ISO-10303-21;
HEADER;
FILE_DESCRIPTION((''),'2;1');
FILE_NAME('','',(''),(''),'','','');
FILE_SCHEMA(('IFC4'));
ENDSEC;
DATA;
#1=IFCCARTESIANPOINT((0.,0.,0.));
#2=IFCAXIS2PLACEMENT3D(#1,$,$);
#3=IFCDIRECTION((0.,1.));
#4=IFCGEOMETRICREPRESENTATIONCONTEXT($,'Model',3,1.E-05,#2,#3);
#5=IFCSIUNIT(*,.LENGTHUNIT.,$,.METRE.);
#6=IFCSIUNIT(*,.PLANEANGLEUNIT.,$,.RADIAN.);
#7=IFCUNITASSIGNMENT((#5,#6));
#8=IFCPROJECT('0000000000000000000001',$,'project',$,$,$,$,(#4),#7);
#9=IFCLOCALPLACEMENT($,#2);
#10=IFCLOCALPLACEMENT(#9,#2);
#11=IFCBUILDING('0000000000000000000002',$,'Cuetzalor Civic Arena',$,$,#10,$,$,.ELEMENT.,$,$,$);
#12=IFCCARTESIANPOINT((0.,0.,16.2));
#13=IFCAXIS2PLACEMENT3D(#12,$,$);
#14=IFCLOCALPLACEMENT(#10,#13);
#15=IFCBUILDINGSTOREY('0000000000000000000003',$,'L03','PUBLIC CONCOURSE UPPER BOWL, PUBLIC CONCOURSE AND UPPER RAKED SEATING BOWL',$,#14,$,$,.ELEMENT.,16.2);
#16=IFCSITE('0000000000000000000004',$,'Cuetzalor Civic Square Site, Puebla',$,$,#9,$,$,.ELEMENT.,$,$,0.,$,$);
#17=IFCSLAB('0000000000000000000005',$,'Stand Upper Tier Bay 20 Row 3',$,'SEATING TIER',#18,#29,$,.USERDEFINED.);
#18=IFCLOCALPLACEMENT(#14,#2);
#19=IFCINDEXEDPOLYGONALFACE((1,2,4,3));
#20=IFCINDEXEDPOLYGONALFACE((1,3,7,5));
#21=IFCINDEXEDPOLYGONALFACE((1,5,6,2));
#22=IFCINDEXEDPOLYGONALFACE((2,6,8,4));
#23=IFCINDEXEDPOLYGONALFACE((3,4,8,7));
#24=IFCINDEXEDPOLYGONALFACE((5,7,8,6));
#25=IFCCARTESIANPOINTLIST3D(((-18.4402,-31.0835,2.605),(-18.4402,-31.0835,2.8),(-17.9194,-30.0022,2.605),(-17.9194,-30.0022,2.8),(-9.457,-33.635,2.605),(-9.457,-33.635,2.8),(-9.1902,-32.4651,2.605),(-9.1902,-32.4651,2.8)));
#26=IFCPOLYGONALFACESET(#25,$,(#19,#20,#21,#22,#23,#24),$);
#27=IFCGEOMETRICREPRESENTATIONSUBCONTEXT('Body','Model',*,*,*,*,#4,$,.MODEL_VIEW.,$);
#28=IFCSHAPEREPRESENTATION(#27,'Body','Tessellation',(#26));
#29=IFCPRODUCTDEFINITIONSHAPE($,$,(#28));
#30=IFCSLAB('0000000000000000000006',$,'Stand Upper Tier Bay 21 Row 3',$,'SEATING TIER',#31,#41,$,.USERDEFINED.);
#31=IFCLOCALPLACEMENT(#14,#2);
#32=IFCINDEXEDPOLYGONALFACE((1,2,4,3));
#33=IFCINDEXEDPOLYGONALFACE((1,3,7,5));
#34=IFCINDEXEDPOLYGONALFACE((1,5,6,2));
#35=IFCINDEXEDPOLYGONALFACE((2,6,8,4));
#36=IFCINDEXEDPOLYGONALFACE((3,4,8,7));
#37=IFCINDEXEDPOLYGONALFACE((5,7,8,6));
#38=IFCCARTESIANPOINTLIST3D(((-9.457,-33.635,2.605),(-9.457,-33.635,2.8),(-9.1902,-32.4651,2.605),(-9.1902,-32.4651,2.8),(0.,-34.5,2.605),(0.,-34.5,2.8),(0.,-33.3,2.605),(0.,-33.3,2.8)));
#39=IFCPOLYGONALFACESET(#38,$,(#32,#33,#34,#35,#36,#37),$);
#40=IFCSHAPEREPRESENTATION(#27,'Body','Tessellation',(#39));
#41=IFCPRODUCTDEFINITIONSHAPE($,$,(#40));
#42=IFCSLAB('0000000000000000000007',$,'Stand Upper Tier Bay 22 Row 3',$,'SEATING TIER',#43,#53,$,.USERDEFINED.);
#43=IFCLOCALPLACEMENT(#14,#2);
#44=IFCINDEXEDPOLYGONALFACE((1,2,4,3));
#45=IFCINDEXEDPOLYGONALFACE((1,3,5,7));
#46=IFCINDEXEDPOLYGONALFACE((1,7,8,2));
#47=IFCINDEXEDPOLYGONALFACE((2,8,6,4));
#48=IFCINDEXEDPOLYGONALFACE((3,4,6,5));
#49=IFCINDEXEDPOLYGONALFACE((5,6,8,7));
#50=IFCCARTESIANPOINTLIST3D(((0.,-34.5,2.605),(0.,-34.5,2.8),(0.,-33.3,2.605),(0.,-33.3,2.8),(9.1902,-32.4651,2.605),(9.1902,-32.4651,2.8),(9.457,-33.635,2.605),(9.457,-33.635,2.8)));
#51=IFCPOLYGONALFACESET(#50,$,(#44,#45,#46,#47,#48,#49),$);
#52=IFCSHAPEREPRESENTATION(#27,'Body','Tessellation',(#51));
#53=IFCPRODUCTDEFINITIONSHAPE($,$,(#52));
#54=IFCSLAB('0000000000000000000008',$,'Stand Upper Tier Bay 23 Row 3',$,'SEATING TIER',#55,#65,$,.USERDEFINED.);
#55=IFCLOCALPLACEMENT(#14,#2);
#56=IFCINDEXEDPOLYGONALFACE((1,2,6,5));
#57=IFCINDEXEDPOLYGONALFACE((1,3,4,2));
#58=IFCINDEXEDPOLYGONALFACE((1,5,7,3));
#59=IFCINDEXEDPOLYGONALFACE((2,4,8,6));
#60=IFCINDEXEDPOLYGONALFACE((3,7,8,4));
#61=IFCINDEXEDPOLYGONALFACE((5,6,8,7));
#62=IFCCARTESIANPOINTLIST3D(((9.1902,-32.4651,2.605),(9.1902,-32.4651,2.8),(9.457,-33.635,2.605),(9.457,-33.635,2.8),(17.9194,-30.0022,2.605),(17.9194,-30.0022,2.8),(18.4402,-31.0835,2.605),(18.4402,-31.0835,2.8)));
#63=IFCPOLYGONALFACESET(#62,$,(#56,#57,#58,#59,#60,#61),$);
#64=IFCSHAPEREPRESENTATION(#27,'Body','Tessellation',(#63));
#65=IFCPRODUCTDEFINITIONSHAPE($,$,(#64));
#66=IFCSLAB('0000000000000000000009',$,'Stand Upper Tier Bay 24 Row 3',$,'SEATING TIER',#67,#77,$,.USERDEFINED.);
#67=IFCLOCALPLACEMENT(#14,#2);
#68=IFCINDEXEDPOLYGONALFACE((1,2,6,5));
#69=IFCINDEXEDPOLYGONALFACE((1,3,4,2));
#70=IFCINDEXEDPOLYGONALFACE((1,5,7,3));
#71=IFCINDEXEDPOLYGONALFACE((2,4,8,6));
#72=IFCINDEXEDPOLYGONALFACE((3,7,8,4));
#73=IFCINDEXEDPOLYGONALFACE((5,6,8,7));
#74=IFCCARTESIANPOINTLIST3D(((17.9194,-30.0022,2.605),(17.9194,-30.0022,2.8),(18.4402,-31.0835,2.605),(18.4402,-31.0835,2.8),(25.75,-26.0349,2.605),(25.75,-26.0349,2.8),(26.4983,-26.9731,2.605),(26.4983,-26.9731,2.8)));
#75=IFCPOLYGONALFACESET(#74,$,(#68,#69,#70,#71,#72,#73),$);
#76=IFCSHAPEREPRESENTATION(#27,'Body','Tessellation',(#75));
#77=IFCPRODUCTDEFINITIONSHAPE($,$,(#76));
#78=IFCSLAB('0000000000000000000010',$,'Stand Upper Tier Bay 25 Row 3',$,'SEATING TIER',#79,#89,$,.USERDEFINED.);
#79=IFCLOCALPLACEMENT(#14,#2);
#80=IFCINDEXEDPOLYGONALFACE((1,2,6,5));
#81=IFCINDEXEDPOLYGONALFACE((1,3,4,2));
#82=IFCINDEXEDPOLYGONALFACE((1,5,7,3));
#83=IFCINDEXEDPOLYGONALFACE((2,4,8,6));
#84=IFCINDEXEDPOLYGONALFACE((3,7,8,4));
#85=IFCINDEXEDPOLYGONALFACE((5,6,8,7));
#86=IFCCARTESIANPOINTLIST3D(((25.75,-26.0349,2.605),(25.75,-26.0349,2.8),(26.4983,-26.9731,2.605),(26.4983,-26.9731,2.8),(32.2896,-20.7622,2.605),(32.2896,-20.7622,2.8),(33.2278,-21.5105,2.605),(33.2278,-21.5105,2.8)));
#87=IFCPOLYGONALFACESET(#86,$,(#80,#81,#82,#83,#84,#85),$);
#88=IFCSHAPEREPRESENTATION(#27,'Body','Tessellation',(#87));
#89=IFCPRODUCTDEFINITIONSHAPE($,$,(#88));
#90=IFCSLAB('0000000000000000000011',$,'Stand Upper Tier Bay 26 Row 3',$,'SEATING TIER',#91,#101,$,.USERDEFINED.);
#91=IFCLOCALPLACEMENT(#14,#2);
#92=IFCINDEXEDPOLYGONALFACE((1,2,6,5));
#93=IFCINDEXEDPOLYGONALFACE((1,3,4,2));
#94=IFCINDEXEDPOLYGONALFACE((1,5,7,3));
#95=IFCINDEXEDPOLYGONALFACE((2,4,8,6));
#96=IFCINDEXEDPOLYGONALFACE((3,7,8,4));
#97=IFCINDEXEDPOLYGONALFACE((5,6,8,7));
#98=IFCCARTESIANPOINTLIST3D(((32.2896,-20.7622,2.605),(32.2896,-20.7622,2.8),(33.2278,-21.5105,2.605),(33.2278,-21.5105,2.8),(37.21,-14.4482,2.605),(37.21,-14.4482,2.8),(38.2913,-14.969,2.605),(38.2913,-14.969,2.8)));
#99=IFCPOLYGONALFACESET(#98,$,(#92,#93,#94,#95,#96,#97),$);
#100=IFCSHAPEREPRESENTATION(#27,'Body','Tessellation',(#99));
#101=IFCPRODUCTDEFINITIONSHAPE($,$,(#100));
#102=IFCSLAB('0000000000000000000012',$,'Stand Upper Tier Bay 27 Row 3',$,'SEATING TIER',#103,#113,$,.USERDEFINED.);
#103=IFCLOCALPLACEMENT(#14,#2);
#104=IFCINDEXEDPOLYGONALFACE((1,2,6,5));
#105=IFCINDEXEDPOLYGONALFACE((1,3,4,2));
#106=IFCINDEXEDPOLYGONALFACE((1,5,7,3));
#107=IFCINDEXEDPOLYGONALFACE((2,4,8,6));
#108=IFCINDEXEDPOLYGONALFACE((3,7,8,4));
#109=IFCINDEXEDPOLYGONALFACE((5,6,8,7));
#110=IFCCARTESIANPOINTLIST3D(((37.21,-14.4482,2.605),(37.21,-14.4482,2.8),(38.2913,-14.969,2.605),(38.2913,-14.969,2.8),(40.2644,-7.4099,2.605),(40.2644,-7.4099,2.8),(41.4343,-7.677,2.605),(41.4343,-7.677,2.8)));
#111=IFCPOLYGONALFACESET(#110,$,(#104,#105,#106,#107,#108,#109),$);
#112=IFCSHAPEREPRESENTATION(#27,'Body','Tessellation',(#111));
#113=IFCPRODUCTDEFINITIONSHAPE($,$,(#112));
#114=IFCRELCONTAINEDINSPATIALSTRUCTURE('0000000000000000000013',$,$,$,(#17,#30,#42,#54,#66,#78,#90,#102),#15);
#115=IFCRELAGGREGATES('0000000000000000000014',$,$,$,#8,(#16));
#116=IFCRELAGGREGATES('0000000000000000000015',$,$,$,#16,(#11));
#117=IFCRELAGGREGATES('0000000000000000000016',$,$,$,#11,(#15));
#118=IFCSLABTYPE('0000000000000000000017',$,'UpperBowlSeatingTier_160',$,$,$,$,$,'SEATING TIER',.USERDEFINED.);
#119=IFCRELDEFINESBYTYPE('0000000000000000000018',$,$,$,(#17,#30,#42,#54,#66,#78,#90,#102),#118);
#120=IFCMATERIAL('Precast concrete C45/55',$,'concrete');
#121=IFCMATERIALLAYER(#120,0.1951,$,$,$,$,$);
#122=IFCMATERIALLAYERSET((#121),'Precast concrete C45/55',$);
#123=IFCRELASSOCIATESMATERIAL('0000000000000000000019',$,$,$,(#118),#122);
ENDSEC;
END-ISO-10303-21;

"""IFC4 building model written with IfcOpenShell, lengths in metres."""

from ifc_helpers import new_model, si_unit, direction, frame, origin, place, context, subcontext, project, spatial, polyline, outline, extrude, material, layer, layer_set, type_object, element, save


model = new_model("IFC4")

# Units and contexts
model_context = context("Model", 3, precision=1e-05, world=origin(), true_north=direction((0.0, 1.0)))
body_context = subcontext(model_context, "Body", "Model", "MODEL_VIEW")
ifc_project = project(units=[si_unit("LENGTHUNIT", "METRE"), si_unit("PLANEANGLEUNIT", "RADIAN")], contexts=[model_context])

# Site, building, storey
site_placement = place(None, origin())
site = spatial("IfcSite", under=ifc_project, at=site_placement, Name="Cuetzalor Civic Square Site, Puebla", CompositionType="ELEMENT", RefElevation=0.0)
building_placement = place(site_placement, origin())
building = spatial("IfcBuilding", under=site, at=building_placement, Name="Cuetzalor Civic Arena", CompositionType="ELEMENT")
storey_placement = place(building_placement, frame((0.0, 0.0, 16.2)))
storey = spatial("IfcBuildingStorey", under=building, at=storey_placement, Name="L03", Description="PUBLIC CONCOURSE UPPER BOWL, PUBLIC CONCOURSE AND UPPER RAKED SEATING BOWL", CompositionType="ELEMENT", Elevation=16.2)

# Slabs
ifc_material = material(Name="Precast concrete C45/55", Category="concrete")
ifc_layer = layer(ifc_material, 0.1951)
ifc_layer_set = layer_set([ifc_layer], Name="Precast concrete C45/55")
slab_type = type_object("IfcSlabType", Name="UpperBowlSeatingTier_160", ElementType="SEATING TIER", PredefinedType="USERDEFINED", material=ifc_layer_set)
slab_1_placement = place(storey_placement, frame((0.0, 0.0, 2.605)))
element("IfcSlab", 1, at=slab_1_placement, inside=storey, type_object=slab_type, Name="Stand Upper Tier Bay 20 Row 3", ObjectType="SEATING TIER", PredefinedType="USERDEFINED", context=body_context, shape_type="SweptSolid", body=[
    extrude(outline(polyline([(-17.9194, -30.0022), (-9.1902, -32.4651), (-9.457, -33.635), (-18.4402, -31.0835), (-17.9194, -30.0022)])), origin(), (0.0, 0.0, 1.0), 0.1951),
])
slab_2_placement = place(storey_placement, frame((0.0, 0.0, 2.605)))
element("IfcSlab", 2, at=slab_2_placement, inside=storey, type_object=slab_type, Name="Stand Upper Tier Bay 21 Row 3", ObjectType="SEATING TIER", PredefinedType="USERDEFINED", context=body_context, shape_type="SweptSolid", body=[
    extrude(outline(polyline([(-9.1902, -32.4651), (0.0, -33.3), (0.0, -34.5), (-9.457, -33.635), (-9.1902, -32.4651)])), origin(), (0.0, 0.0, 1.0), 0.1951),
])
slab_3_placement = place(storey_placement, frame((0.0, 0.0, 2.605)))
element("IfcSlab", 3, at=slab_3_placement, inside=storey, type_object=slab_type, Name="Stand Upper Tier Bay 22 Row 3", ObjectType="SEATING TIER", PredefinedType="USERDEFINED", context=body_context, shape_type="SweptSolid", body=[
    extrude(outline(polyline([(0.0, -33.3), (9.1902, -32.4651), (9.457, -33.635), (0.0, -34.5), (0.0, -33.3)])), origin(), (0.0, 0.0, 1.0), 0.1951),
])
slab_4_placement = place(storey_placement, frame((0.0, 0.0, 2.605)))
element("IfcSlab", 4, at=slab_4_placement, inside=storey, type_object=slab_type, Name="Stand Upper Tier Bay 23 Row 3", ObjectType="SEATING TIER", PredefinedType="USERDEFINED", context=body_context, shape_type="SweptSolid", body=[
    extrude(outline(polyline([(9.1902, -32.4651), (17.9194, -30.0022), (18.4402, -31.0835), (9.457, -33.635), (9.1902, -32.4651)])), origin(), (0.0, 0.0, 1.0), 0.1951),
])
slab_5_placement = place(storey_placement, frame((0.0, 0.0, 2.605)))
element("IfcSlab", 5, at=slab_5_placement, inside=storey, type_object=slab_type, Name="Stand Upper Tier Bay 24 Row 3", ObjectType="SEATING TIER", PredefinedType="USERDEFINED", context=body_context, shape_type="SweptSolid", body=[
    extrude(outline(polyline([(17.9194, -30.0022), (25.75, -26.0349), (26.4983, -26.9731), (18.4402, -31.0835), (17.9194, -30.0022)])), origin(), (0.0, 0.0, 1.0), 0.1951),
])
slab_6_placement = place(storey_placement, frame((0.0, 0.0, 2.605)))
element("IfcSlab", 6, at=slab_6_placement, inside=storey, type_object=slab_type, Name="Stand Upper Tier Bay 25 Row 3", ObjectType="SEATING TIER", PredefinedType="USERDEFINED", context=body_context, shape_type="SweptSolid", body=[
    extrude(outline(polyline([(25.75, -26.0349), (32.2896, -20.7622), (33.2278, -21.5105), (26.4983, -26.9731), (25.75, -26.0349)])), origin(), (0.0, 0.0, 1.0), 0.1951),
])
slab_7_placement = place(storey_placement, frame((0.0, 0.0, 2.605)))
element("IfcSlab", 7, at=slab_7_placement, inside=storey, type_object=slab_type, Name="Stand Upper Tier Bay 26 Row 3", ObjectType="SEATING TIER", PredefinedType="USERDEFINED", context=body_context, shape_type="SweptSolid", body=[
    extrude(outline(polyline([(32.2896, -20.7622), (37.21, -14.4482), (38.2913, -14.969), (33.2278, -21.5105), (32.2896, -20.7622)])), origin(), (0.0, 0.0, 1.0), 0.1951),
])
slab_8_placement = place(storey_placement, frame((0.0, 0.0, 2.605)))
element("IfcSlab", 8, at=slab_8_placement, inside=storey, type_object=slab_type, Name="Stand Upper Tier Bay 27 Row 3", ObjectType="SEATING TIER", PredefinedType="USERDEFINED", context=body_context, shape_type="SweptSolid", body=[
    extrude(outline(polyline([(37.21, -14.4482), (40.2644, -7.4099), (41.4343, -7.677), (38.2913, -14.969), (37.21, -14.4482)])), origin(), (0.0, 0.0, 1.0), 0.1951),
])

save(model, "model.ifc")
